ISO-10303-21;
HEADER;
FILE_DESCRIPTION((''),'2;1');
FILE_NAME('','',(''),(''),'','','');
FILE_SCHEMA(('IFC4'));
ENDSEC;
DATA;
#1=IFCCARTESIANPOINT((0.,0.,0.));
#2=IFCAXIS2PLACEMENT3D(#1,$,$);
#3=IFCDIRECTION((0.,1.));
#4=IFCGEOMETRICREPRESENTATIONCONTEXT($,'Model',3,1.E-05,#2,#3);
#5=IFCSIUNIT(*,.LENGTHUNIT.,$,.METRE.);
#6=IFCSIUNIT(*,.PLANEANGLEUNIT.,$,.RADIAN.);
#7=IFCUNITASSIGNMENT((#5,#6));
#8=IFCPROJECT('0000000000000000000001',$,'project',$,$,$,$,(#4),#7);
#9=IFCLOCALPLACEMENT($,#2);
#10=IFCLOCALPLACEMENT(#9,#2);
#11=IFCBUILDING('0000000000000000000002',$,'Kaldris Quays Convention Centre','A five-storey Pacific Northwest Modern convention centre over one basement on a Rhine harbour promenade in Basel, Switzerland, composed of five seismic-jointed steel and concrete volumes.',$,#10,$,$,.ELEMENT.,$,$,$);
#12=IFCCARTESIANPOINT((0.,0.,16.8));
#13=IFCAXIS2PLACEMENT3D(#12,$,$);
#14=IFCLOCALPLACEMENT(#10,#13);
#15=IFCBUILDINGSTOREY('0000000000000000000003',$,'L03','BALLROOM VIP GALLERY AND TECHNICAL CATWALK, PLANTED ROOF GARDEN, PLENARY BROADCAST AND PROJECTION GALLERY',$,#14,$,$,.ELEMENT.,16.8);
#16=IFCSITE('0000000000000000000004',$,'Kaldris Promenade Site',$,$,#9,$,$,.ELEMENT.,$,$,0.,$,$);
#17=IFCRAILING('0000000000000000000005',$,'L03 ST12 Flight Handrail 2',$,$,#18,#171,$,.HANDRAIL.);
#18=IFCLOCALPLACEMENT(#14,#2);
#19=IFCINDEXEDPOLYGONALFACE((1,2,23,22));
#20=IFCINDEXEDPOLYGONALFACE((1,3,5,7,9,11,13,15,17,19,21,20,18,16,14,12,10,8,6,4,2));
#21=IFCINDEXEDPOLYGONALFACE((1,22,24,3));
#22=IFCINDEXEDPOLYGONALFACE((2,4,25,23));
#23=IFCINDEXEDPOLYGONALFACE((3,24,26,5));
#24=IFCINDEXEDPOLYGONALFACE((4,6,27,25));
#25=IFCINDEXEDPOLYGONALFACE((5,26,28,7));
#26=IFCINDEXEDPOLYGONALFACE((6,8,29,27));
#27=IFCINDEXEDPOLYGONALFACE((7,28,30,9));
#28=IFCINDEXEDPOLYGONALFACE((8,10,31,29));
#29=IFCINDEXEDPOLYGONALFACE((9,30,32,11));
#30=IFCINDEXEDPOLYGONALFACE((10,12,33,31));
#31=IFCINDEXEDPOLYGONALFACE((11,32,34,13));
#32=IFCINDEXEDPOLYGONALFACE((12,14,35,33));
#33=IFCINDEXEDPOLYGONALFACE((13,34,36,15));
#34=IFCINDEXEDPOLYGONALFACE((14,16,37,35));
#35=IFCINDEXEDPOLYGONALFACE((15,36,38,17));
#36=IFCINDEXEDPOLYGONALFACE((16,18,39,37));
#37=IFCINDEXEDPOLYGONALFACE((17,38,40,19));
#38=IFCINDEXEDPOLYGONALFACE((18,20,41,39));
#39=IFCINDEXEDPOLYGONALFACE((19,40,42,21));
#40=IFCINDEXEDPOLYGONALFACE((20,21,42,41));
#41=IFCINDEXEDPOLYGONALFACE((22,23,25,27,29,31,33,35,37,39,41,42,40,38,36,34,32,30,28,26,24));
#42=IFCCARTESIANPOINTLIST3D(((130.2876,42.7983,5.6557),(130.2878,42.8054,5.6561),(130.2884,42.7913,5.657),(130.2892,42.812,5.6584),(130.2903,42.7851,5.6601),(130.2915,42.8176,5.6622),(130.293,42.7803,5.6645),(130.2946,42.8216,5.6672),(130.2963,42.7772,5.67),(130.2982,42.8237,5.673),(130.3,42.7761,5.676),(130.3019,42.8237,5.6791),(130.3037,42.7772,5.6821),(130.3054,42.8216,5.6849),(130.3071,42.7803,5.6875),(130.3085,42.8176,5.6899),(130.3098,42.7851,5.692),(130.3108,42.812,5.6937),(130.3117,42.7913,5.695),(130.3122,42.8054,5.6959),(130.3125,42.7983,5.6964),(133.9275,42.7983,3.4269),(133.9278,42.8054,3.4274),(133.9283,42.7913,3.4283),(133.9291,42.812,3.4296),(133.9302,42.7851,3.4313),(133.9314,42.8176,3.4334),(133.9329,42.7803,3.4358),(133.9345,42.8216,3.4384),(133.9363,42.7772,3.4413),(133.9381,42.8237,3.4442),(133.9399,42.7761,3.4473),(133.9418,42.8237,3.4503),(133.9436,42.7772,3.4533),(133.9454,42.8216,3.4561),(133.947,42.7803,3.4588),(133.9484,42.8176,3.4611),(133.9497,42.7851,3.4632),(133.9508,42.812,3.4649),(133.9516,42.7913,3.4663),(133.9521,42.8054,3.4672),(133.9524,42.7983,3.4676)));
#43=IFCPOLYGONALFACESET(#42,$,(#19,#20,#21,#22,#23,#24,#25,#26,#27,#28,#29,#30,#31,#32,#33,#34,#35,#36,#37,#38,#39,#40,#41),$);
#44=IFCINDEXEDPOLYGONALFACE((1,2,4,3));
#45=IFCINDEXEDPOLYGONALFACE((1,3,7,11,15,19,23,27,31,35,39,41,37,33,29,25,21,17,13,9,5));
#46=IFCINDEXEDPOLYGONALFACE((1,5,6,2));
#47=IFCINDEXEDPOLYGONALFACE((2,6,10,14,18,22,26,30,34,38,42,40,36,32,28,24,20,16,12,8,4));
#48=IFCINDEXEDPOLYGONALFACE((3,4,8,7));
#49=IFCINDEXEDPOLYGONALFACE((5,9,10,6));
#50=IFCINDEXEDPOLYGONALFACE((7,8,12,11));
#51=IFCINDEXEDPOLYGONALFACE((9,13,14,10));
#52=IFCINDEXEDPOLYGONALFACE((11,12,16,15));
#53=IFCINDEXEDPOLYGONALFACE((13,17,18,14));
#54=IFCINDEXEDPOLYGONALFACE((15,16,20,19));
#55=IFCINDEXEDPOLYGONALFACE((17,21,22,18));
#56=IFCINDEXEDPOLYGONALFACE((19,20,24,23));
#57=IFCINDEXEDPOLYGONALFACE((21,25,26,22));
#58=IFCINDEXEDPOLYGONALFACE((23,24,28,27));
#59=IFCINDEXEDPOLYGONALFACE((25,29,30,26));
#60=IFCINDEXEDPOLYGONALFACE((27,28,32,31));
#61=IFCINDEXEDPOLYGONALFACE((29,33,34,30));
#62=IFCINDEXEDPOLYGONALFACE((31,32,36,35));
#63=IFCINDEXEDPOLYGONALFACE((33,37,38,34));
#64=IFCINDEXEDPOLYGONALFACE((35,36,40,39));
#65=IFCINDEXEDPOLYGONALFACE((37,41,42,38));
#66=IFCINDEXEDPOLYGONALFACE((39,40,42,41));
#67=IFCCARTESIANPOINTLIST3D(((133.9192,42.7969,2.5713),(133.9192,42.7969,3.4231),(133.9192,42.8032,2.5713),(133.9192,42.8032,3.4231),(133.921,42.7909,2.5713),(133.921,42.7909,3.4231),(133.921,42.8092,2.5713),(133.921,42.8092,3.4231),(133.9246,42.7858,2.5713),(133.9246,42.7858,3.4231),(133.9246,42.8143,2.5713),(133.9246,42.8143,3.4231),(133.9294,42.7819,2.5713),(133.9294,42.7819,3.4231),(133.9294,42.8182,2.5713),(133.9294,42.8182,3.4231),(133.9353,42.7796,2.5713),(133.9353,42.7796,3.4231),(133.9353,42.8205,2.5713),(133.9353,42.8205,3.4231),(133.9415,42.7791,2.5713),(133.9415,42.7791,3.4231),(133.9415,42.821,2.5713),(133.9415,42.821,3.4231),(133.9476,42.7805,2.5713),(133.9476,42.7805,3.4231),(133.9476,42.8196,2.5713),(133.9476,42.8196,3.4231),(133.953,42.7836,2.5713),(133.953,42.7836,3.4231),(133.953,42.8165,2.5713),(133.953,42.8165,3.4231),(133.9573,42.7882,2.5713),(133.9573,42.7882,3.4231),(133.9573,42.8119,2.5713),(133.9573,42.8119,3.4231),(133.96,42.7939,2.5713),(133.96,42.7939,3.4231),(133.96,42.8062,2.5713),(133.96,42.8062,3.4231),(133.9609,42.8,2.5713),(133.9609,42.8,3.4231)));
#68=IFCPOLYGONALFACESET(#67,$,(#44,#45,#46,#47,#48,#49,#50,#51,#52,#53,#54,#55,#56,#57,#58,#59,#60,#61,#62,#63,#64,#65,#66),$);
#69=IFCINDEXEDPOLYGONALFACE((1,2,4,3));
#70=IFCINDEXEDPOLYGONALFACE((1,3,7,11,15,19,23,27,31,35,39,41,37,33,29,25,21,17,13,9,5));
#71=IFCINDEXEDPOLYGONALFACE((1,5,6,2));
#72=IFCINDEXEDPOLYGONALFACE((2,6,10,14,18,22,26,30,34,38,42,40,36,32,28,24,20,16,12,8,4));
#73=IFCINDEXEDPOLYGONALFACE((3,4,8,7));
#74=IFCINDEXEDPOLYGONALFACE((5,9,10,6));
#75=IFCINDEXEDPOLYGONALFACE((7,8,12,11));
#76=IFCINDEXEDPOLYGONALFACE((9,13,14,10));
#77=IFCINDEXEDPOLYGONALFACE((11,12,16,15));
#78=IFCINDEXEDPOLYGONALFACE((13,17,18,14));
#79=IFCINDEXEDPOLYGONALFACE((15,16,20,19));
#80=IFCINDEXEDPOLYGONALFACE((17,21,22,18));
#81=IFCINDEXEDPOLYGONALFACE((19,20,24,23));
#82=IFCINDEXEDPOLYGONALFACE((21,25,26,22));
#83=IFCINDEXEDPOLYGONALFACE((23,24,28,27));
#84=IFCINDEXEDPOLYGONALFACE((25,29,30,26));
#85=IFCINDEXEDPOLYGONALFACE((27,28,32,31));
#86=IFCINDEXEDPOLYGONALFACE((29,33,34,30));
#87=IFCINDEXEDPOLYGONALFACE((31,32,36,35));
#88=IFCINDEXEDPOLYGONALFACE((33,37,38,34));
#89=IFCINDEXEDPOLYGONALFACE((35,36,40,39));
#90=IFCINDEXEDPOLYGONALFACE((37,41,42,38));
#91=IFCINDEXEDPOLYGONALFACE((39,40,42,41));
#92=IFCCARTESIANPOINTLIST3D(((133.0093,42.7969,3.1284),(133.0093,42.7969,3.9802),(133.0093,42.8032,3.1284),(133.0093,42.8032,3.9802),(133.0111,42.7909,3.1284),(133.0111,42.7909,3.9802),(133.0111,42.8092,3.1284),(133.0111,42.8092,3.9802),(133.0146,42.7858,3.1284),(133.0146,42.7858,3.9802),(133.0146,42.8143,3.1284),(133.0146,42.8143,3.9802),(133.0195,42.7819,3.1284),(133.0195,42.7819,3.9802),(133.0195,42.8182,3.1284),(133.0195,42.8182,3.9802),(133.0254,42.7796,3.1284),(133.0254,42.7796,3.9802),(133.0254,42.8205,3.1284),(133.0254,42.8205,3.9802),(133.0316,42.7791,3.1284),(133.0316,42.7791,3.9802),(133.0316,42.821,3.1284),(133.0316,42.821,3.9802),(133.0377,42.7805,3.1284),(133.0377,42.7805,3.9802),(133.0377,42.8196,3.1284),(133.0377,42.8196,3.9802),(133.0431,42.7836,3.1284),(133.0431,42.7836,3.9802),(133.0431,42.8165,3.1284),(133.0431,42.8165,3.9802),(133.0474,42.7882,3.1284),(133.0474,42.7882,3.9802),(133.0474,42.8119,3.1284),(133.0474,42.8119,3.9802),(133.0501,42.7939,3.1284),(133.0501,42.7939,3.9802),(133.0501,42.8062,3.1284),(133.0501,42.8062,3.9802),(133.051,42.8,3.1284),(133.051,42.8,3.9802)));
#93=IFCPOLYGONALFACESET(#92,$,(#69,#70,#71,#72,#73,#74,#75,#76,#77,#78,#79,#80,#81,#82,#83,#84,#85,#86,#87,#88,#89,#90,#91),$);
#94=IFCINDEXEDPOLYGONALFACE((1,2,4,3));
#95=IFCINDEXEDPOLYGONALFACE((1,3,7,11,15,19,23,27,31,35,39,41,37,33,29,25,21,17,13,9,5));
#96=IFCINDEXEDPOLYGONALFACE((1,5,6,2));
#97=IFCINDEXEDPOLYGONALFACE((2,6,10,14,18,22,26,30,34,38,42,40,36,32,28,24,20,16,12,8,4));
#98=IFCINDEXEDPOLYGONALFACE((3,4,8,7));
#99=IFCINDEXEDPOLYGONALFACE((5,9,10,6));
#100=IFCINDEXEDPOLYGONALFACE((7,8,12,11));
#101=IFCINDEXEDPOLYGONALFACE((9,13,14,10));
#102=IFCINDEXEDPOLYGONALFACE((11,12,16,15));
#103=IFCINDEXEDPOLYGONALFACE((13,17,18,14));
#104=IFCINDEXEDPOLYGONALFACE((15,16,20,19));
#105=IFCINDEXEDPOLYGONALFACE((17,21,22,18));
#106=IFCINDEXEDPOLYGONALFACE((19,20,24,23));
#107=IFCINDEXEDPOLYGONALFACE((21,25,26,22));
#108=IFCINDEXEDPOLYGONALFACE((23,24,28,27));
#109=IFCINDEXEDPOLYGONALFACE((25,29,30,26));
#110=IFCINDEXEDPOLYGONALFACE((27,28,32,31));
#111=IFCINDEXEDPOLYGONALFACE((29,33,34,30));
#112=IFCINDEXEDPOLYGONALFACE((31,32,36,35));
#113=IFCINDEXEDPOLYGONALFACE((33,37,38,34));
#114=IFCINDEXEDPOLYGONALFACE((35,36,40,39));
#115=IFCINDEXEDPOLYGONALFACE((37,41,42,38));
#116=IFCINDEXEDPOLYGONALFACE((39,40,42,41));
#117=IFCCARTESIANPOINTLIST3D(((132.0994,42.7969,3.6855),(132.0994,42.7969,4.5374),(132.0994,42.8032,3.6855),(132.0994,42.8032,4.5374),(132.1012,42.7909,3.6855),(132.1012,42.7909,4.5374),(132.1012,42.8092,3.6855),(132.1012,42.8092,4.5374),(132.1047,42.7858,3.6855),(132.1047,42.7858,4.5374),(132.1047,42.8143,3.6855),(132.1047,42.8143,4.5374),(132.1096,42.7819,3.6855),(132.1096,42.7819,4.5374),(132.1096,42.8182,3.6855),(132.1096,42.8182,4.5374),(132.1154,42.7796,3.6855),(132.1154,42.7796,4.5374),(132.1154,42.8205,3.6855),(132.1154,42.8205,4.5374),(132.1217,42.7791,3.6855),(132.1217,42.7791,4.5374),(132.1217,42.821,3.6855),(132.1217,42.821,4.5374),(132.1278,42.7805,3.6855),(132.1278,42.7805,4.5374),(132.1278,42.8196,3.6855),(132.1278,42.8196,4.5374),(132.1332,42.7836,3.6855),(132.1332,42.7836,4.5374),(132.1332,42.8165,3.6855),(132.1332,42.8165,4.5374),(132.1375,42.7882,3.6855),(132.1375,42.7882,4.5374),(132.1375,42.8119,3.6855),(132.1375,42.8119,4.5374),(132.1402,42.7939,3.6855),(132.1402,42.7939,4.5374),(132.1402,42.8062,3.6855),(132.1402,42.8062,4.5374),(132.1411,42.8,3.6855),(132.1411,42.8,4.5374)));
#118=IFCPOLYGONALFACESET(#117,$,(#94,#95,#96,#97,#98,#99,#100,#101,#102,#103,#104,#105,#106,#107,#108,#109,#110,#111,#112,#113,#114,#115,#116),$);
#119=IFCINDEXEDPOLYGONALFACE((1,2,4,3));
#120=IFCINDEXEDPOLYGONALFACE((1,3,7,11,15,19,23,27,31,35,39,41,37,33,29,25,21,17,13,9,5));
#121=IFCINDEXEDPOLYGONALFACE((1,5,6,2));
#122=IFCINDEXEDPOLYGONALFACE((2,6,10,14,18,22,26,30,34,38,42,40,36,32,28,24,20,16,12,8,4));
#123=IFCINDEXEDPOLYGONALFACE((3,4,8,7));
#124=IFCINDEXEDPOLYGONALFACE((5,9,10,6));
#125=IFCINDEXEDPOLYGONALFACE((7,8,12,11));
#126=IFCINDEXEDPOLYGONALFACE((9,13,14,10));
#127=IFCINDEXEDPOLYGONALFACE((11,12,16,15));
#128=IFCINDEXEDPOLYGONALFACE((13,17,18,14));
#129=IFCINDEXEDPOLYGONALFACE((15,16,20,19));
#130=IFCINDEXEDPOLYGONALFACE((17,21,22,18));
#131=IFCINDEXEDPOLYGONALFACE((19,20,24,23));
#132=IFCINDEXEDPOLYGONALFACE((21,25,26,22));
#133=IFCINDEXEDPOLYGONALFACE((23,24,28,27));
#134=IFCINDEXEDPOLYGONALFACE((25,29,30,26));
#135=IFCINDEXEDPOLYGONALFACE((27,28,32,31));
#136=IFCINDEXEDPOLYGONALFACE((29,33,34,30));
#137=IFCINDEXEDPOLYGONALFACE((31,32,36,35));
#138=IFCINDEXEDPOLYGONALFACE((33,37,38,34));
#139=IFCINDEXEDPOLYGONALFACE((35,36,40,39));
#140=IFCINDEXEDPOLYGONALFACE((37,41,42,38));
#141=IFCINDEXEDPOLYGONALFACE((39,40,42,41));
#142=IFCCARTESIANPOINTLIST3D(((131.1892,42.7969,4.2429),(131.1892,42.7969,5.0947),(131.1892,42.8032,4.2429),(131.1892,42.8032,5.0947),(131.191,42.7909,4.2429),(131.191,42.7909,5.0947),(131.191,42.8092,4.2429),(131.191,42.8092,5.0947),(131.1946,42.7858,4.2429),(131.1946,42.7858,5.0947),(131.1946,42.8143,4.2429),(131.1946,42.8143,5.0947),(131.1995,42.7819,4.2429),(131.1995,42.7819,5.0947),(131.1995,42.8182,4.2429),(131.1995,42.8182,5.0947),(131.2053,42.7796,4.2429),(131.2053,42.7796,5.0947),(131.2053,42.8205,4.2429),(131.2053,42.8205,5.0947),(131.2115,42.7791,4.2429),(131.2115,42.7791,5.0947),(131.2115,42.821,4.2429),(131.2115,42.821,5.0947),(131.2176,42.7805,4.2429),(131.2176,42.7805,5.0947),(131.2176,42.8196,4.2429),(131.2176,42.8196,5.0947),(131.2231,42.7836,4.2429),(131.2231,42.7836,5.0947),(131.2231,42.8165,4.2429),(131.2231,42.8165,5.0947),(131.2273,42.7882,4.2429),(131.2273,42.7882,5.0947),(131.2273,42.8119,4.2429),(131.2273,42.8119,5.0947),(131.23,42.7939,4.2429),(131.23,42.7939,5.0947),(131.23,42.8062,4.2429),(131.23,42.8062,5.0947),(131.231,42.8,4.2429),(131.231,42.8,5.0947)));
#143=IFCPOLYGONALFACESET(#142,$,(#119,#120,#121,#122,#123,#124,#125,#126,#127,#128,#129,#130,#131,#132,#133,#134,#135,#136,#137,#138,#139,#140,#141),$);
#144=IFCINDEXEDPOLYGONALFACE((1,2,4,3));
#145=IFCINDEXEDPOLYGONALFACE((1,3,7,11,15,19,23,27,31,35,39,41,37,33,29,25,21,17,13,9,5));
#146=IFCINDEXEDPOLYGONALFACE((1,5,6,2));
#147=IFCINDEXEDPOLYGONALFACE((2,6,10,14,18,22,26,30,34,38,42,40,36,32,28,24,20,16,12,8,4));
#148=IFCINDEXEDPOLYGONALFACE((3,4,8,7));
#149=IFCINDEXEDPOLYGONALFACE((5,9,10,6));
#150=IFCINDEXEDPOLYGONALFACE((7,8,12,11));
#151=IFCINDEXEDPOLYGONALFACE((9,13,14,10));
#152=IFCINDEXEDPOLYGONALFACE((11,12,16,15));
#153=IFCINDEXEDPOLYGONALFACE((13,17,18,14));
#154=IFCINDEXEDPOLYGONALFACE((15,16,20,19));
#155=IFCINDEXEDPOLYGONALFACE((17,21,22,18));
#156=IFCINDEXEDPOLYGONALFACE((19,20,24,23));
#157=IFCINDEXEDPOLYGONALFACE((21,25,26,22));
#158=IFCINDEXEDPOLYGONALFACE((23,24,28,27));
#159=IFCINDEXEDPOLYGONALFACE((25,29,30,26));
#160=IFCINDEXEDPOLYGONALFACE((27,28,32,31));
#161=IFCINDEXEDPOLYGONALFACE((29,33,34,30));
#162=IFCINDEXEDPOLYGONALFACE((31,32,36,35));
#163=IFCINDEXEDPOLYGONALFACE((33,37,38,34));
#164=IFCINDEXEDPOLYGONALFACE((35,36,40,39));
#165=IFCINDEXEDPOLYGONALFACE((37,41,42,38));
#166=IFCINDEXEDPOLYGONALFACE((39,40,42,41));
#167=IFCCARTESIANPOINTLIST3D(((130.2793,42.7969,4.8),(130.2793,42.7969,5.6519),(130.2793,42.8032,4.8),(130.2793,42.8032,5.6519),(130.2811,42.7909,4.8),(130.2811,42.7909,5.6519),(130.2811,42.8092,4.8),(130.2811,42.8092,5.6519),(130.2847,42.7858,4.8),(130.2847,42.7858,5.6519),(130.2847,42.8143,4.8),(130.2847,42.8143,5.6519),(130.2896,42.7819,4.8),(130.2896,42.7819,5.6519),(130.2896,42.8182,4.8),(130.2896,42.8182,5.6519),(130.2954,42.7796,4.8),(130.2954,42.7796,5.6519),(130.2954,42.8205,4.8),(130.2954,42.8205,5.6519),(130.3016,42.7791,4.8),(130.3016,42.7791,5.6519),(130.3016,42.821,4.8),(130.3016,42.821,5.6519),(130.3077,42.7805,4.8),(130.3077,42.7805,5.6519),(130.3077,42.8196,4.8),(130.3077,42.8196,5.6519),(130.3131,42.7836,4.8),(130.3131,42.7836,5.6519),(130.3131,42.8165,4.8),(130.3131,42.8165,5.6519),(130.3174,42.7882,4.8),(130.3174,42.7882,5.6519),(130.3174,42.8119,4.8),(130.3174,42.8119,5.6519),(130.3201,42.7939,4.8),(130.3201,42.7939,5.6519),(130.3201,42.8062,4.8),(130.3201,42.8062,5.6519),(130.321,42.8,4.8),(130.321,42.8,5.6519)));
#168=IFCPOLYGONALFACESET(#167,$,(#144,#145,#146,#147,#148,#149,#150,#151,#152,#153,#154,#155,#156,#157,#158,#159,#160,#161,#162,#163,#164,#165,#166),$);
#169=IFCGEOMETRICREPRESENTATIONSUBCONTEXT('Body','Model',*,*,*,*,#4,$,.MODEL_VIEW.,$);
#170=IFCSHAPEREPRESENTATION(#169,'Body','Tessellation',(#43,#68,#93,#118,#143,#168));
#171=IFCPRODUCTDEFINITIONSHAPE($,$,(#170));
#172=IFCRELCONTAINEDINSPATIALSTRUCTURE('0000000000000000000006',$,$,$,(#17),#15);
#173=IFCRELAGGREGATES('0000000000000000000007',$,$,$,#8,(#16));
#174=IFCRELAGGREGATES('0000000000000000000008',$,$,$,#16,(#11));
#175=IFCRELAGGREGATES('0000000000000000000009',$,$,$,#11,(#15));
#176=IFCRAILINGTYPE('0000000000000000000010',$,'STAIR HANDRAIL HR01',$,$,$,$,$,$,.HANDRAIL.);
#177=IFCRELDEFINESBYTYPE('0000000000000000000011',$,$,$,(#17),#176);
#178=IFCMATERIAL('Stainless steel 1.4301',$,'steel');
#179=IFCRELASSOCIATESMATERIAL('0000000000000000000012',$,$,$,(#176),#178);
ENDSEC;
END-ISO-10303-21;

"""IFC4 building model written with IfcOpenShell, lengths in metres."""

from ifc_helpers import new_model, si_unit, direction, frame, origin, origin_2d, place, context, subcontext, project, spatial, circle, extrude, material, type_object, element, save


model = new_model("IFC4")

# Units and contexts
model_context = context("Model", 3, precision=1e-05, world=origin(), true_north=direction((0.0, 1.0)))
body_context = subcontext(model_context, "Body", "Model", "MODEL_VIEW")
ifc_project = project(units=[si_unit("LENGTHUNIT", "METRE"), si_unit("PLANEANGLEUNIT", "RADIAN")], contexts=[model_context])

# Site, building, storey
site_placement = place(None, origin())
site = spatial("IfcSite", under=ifc_project, at=site_placement, Name="Kaldris Promenade Site", CompositionType="ELEMENT", RefElevation=0.0)
building_placement = place(site_placement, origin())
building = spatial("IfcBuilding", under=site, at=building_placement, Name="Kaldris Quays Convention Centre", Description="A five-storey Pacific Northwest Modern convention centre over one basement on a Rhine harbour promenade in Basel, Switzerland, composed of five seismic-jointed steel and concrete volumes.", CompositionType="ELEMENT")
storey_placement = place(building_placement, frame((0.0, 0.0, 16.8)))
storey = spatial("IfcBuildingStorey", under=building, at=storey_placement, Name="L03", Description="BALLROOM VIP GALLERY AND TECHNICAL CATWALK, PLANTED ROOF GARDEN, PLENARY BROADCAST AND PROJECTION GALLERY", CompositionType="ELEMENT", Elevation=16.8)

# Railing
ifc_material_1 = material(Name="Stainless steel 1.4301", Category="steel")
railing_type_1 = type_object("IfcRailingType", Name="STAIR HANDRAIL HR01", PredefinedType="HANDRAIL", material=ifc_material_1)
for number, where, name in (
    (1, (133.9399, 42.8, 2.5713), "L03 ST12 Flight Handrail 2"),
):
    element("IfcRailing", number, at=place(storey_placement, frame(where)), inside=storey, type_object=railing_type_1, Name=name, PredefinedType="HANDRAIL", context=body_context, shape_type="SweptSolid", body=[
        extrude(circle(Radius=0.0239, at=origin_2d()), frame((0.0, 0.0, 0.876), z_axis=(-0.852825, 0.0, 0.522197), x_axis=(0.0, -1.0, 0.0)), (0.0, 0.0, 1.0), 4.2681),
        extrude(circle(Radius=0.021, at=origin_2d()), origin(), (0.0, 0.0, 1.0), 0.8518),
        extrude(circle(Radius=0.021, at=origin_2d()), frame((-0.9099, 0.0, 0.5571)), (0.0, 0.0, 1.0), 0.8518),
        extrude(circle(Radius=0.021, at=origin_2d()), frame((-1.8198, 0.0, 1.1143)), (0.0, 0.0, 1.0), 0.8518),
        extrude(circle(Radius=0.021, at=origin_2d()), frame((-2.73, 0.0, 1.6716)), (0.0, 0.0, 1.0), 0.8518),
        extrude(circle(Radius=0.021, at=origin_2d()), frame((-3.6399, 0.0, 2.2288)), (0.0, 0.0, 1.0), 0.8518),
    ])

save(model, "model.ifc")
